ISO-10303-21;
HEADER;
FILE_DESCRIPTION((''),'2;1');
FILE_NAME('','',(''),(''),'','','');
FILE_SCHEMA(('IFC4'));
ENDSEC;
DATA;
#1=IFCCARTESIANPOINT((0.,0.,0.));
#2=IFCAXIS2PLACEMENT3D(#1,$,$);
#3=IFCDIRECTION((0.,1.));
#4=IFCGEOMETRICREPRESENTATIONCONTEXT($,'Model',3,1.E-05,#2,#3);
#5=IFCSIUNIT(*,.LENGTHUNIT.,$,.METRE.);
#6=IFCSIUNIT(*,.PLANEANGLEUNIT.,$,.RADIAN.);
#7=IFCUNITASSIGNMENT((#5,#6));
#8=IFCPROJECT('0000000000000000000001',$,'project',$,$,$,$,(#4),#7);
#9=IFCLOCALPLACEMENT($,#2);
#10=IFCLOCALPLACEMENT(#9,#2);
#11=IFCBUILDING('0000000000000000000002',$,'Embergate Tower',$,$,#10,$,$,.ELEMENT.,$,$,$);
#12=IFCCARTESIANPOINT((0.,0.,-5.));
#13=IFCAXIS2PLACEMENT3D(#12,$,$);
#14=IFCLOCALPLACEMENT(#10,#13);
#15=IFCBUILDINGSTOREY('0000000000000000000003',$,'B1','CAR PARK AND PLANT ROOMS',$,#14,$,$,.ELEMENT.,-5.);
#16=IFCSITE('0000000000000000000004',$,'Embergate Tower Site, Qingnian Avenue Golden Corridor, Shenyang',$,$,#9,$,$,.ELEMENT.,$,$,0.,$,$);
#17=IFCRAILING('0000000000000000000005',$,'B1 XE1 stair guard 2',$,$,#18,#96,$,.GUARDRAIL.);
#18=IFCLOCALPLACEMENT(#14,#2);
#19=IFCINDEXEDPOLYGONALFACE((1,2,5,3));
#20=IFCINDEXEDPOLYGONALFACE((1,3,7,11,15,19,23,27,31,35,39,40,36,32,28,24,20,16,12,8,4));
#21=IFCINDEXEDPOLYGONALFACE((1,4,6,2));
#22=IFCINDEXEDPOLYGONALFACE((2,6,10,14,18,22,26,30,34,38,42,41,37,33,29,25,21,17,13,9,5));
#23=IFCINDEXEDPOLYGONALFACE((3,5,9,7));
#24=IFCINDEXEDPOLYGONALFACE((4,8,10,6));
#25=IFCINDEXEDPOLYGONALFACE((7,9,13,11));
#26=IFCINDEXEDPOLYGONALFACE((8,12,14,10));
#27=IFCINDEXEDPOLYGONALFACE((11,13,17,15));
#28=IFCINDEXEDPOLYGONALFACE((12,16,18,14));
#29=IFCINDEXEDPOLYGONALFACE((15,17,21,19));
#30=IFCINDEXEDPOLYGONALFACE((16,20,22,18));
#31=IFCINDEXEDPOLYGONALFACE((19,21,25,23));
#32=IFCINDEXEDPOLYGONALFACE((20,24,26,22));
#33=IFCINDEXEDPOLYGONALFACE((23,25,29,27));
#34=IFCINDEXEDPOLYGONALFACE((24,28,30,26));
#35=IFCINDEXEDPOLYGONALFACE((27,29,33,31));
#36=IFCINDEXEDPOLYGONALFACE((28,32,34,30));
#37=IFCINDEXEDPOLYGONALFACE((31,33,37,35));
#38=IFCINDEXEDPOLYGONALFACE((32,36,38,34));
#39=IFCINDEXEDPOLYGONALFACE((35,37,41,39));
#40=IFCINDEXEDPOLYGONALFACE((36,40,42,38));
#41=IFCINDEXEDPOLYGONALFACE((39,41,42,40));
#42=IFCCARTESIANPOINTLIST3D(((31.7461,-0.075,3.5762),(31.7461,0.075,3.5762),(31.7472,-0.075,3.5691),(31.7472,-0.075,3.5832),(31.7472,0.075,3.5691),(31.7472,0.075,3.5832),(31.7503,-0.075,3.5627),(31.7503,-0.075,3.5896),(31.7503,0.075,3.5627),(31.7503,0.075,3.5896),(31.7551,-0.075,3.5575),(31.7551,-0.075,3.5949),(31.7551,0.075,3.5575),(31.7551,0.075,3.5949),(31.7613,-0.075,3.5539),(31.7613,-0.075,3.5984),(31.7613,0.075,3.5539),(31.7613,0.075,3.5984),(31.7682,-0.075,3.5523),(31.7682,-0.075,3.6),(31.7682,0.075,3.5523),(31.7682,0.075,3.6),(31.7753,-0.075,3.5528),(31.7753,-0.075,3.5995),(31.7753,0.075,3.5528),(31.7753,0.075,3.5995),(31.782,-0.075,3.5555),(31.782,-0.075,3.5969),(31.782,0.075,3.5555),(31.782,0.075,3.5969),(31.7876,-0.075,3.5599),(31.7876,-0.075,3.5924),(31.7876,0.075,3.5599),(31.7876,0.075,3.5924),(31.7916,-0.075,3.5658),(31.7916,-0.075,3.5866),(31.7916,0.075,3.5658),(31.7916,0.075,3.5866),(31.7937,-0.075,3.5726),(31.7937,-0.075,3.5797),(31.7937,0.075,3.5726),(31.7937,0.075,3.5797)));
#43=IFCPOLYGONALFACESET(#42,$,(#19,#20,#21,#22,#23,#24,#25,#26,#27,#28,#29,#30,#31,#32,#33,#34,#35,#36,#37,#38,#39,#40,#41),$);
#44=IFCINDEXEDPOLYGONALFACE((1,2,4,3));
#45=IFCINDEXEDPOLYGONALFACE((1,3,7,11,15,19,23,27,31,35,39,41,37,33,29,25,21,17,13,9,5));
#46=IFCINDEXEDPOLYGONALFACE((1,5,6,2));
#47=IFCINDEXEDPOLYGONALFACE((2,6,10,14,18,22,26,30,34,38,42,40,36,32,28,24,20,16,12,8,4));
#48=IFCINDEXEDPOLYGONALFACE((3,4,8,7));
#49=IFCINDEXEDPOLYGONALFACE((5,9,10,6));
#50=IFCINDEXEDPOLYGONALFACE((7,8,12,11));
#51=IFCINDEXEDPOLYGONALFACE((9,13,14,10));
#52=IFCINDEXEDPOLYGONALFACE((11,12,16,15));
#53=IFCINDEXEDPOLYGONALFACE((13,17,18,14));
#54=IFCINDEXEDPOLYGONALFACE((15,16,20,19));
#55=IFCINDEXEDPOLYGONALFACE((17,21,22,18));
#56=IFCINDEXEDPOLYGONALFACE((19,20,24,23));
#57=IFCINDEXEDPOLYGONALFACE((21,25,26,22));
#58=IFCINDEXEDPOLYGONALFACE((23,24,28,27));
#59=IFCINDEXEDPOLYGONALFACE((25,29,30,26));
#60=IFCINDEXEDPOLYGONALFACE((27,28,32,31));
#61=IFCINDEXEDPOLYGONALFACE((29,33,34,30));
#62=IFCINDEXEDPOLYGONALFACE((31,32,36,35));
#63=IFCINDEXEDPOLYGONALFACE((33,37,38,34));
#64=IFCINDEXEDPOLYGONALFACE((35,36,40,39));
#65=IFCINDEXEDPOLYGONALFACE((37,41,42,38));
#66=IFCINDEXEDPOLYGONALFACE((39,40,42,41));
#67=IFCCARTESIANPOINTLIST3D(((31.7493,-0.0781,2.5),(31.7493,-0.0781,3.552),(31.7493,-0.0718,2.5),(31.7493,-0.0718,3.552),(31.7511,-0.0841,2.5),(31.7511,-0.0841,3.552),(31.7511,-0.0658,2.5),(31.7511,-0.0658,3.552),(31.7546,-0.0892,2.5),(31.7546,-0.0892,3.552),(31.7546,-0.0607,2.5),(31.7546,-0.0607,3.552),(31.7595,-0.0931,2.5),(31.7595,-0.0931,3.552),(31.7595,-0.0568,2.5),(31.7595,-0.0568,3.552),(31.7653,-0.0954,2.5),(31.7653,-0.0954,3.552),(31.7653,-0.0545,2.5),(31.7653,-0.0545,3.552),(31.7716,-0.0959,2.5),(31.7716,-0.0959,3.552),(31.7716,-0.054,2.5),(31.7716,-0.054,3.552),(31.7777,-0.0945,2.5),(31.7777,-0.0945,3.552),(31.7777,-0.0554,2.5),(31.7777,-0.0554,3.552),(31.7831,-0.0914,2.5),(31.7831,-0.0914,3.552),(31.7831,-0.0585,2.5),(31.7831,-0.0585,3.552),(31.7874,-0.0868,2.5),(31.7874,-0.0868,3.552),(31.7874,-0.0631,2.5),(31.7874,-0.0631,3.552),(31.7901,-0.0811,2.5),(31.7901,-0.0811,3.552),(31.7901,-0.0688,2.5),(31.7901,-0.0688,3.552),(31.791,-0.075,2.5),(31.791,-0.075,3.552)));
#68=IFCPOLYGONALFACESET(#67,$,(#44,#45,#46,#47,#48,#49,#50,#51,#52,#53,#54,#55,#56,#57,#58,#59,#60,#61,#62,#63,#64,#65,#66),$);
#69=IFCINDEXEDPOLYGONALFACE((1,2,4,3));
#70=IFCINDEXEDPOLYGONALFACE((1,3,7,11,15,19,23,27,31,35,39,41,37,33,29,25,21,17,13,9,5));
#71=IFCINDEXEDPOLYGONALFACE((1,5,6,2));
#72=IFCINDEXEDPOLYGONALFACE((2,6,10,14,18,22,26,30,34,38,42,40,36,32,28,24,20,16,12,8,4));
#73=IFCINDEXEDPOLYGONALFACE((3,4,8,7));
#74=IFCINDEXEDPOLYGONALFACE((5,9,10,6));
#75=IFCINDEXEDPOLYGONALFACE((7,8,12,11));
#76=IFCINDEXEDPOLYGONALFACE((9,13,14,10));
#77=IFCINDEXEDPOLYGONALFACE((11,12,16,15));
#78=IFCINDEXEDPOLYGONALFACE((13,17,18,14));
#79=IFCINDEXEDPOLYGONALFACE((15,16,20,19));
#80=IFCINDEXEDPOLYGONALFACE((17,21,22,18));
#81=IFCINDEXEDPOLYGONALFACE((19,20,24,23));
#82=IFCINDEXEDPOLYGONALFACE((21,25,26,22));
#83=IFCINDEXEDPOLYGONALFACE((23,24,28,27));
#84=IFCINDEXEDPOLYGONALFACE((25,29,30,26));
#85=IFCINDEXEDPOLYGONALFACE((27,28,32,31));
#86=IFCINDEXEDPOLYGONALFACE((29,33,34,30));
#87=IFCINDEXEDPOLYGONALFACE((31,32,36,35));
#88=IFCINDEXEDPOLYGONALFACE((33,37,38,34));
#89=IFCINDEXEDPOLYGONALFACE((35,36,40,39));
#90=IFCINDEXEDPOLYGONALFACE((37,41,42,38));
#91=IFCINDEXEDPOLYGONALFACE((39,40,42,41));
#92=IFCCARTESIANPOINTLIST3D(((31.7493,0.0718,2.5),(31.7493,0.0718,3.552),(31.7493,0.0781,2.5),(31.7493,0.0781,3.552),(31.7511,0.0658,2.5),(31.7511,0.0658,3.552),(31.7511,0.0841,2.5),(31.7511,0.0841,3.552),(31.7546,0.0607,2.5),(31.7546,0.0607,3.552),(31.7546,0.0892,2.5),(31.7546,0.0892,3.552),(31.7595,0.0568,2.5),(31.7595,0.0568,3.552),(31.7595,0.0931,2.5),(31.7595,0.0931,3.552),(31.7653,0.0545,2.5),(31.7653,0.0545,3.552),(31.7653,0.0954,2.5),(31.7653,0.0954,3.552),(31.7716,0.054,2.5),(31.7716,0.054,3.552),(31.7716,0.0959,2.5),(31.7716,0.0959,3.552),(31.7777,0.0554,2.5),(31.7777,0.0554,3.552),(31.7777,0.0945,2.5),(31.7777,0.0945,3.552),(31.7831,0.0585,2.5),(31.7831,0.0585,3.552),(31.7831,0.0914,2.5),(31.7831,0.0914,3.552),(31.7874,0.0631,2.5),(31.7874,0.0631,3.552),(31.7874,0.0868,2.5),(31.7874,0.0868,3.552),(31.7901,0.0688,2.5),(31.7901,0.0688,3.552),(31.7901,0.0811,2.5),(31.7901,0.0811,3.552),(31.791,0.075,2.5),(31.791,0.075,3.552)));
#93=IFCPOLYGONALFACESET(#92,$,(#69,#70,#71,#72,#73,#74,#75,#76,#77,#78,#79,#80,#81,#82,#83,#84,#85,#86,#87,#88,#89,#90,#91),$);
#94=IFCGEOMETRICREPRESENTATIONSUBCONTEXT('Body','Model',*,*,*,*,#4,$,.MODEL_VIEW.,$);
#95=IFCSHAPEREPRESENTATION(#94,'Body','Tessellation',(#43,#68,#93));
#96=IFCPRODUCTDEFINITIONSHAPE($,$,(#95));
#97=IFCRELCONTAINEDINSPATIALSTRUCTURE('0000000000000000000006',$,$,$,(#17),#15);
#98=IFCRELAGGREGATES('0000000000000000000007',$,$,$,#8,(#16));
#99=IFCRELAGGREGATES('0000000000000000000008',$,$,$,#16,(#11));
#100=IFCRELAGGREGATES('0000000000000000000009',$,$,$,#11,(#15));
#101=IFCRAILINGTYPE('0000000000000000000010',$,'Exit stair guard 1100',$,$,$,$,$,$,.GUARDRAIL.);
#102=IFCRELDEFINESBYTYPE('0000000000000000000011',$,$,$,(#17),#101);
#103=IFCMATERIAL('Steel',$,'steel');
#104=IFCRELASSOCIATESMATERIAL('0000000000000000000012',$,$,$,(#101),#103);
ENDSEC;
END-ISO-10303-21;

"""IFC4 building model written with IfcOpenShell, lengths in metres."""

from ifc_helpers import new_model, si_unit, direction, frame, origin, origin_2d, place, context, subcontext, project, spatial, circle, extrude, source, transform, mapped, material, type_object, element, save


model = new_model("IFC4")

# Units and contexts
model_context = context("Model", 3, precision=1e-05, world=origin(), true_north=direction((0.0, 1.0)))
body_context = subcontext(model_context, "Body", "Model", "MODEL_VIEW")
ifc_project = project(units=[si_unit("LENGTHUNIT", "METRE"), si_unit("PLANEANGLEUNIT", "RADIAN")], contexts=[model_context])

# Site, building, storey
site_placement = place(None, origin())
site = spatial("IfcSite", under=ifc_project, at=site_placement, Name="Embergate Tower Site, Qingnian Avenue Golden Corridor, Shenyang", CompositionType="ELEMENT", RefElevation=0.0)
building_placement = place(site_placement, origin())
building = spatial("IfcBuilding", under=site, at=building_placement, Name="Embergate Tower", CompositionType="ELEMENT")
storey_placement = place(building_placement, frame((0.0, 0.0, -5.0)))
storey = spatial("IfcBuildingStorey", under=building, at=storey_placement, Name="B1", Description="CAR PARK AND PLANT ROOMS", CompositionType="ELEMENT", Elevation=-5.0)

# Railing
ifc_material_1 = material(Name="Steel", Category="steel")
railing_type_1 = type_object("IfcRailingType", Name="Exit stair guard 1100", PredefinedType="GUARDRAIL", material=ifc_material_1)
shared_shape_1 = source(origin(), body_context, "Body", "SweptSolid", [
    extrude(circle(Radius=0.0239, at=origin_2d()), frame((0.0, 0.0, 1.0762), z_axis=(0.0, 1.0, 0.0), x_axis=(-1.0, 0.0, 0.0)), (0.0, 0.0, 1.0), 0.1499),
    extrude(circle(Radius=0.021, at=origin_2d()), origin(), (0.0, 0.0, 1.0), 1.052),
    extrude(circle(Radius=0.021, at=origin_2d()), frame((0.0, 0.1499, 0.0)), (0.0, 0.0, 1.0), 1.052),
])
railing_1_placement = place(storey_placement, frame((31.77, -0.075, 2.5)))
element("IfcRailing", 1, at=railing_1_placement, inside=storey, type_object=railing_type_1, Name="B1 XE1 stair guard 2", PredefinedType="GUARDRAIL", context=body_context, shape_type="MappedRepresentation", body=[
    mapped(shared_shape_1, transform((0.0, 0.0, 0.0))),
])

save(model, "model.ifc")
